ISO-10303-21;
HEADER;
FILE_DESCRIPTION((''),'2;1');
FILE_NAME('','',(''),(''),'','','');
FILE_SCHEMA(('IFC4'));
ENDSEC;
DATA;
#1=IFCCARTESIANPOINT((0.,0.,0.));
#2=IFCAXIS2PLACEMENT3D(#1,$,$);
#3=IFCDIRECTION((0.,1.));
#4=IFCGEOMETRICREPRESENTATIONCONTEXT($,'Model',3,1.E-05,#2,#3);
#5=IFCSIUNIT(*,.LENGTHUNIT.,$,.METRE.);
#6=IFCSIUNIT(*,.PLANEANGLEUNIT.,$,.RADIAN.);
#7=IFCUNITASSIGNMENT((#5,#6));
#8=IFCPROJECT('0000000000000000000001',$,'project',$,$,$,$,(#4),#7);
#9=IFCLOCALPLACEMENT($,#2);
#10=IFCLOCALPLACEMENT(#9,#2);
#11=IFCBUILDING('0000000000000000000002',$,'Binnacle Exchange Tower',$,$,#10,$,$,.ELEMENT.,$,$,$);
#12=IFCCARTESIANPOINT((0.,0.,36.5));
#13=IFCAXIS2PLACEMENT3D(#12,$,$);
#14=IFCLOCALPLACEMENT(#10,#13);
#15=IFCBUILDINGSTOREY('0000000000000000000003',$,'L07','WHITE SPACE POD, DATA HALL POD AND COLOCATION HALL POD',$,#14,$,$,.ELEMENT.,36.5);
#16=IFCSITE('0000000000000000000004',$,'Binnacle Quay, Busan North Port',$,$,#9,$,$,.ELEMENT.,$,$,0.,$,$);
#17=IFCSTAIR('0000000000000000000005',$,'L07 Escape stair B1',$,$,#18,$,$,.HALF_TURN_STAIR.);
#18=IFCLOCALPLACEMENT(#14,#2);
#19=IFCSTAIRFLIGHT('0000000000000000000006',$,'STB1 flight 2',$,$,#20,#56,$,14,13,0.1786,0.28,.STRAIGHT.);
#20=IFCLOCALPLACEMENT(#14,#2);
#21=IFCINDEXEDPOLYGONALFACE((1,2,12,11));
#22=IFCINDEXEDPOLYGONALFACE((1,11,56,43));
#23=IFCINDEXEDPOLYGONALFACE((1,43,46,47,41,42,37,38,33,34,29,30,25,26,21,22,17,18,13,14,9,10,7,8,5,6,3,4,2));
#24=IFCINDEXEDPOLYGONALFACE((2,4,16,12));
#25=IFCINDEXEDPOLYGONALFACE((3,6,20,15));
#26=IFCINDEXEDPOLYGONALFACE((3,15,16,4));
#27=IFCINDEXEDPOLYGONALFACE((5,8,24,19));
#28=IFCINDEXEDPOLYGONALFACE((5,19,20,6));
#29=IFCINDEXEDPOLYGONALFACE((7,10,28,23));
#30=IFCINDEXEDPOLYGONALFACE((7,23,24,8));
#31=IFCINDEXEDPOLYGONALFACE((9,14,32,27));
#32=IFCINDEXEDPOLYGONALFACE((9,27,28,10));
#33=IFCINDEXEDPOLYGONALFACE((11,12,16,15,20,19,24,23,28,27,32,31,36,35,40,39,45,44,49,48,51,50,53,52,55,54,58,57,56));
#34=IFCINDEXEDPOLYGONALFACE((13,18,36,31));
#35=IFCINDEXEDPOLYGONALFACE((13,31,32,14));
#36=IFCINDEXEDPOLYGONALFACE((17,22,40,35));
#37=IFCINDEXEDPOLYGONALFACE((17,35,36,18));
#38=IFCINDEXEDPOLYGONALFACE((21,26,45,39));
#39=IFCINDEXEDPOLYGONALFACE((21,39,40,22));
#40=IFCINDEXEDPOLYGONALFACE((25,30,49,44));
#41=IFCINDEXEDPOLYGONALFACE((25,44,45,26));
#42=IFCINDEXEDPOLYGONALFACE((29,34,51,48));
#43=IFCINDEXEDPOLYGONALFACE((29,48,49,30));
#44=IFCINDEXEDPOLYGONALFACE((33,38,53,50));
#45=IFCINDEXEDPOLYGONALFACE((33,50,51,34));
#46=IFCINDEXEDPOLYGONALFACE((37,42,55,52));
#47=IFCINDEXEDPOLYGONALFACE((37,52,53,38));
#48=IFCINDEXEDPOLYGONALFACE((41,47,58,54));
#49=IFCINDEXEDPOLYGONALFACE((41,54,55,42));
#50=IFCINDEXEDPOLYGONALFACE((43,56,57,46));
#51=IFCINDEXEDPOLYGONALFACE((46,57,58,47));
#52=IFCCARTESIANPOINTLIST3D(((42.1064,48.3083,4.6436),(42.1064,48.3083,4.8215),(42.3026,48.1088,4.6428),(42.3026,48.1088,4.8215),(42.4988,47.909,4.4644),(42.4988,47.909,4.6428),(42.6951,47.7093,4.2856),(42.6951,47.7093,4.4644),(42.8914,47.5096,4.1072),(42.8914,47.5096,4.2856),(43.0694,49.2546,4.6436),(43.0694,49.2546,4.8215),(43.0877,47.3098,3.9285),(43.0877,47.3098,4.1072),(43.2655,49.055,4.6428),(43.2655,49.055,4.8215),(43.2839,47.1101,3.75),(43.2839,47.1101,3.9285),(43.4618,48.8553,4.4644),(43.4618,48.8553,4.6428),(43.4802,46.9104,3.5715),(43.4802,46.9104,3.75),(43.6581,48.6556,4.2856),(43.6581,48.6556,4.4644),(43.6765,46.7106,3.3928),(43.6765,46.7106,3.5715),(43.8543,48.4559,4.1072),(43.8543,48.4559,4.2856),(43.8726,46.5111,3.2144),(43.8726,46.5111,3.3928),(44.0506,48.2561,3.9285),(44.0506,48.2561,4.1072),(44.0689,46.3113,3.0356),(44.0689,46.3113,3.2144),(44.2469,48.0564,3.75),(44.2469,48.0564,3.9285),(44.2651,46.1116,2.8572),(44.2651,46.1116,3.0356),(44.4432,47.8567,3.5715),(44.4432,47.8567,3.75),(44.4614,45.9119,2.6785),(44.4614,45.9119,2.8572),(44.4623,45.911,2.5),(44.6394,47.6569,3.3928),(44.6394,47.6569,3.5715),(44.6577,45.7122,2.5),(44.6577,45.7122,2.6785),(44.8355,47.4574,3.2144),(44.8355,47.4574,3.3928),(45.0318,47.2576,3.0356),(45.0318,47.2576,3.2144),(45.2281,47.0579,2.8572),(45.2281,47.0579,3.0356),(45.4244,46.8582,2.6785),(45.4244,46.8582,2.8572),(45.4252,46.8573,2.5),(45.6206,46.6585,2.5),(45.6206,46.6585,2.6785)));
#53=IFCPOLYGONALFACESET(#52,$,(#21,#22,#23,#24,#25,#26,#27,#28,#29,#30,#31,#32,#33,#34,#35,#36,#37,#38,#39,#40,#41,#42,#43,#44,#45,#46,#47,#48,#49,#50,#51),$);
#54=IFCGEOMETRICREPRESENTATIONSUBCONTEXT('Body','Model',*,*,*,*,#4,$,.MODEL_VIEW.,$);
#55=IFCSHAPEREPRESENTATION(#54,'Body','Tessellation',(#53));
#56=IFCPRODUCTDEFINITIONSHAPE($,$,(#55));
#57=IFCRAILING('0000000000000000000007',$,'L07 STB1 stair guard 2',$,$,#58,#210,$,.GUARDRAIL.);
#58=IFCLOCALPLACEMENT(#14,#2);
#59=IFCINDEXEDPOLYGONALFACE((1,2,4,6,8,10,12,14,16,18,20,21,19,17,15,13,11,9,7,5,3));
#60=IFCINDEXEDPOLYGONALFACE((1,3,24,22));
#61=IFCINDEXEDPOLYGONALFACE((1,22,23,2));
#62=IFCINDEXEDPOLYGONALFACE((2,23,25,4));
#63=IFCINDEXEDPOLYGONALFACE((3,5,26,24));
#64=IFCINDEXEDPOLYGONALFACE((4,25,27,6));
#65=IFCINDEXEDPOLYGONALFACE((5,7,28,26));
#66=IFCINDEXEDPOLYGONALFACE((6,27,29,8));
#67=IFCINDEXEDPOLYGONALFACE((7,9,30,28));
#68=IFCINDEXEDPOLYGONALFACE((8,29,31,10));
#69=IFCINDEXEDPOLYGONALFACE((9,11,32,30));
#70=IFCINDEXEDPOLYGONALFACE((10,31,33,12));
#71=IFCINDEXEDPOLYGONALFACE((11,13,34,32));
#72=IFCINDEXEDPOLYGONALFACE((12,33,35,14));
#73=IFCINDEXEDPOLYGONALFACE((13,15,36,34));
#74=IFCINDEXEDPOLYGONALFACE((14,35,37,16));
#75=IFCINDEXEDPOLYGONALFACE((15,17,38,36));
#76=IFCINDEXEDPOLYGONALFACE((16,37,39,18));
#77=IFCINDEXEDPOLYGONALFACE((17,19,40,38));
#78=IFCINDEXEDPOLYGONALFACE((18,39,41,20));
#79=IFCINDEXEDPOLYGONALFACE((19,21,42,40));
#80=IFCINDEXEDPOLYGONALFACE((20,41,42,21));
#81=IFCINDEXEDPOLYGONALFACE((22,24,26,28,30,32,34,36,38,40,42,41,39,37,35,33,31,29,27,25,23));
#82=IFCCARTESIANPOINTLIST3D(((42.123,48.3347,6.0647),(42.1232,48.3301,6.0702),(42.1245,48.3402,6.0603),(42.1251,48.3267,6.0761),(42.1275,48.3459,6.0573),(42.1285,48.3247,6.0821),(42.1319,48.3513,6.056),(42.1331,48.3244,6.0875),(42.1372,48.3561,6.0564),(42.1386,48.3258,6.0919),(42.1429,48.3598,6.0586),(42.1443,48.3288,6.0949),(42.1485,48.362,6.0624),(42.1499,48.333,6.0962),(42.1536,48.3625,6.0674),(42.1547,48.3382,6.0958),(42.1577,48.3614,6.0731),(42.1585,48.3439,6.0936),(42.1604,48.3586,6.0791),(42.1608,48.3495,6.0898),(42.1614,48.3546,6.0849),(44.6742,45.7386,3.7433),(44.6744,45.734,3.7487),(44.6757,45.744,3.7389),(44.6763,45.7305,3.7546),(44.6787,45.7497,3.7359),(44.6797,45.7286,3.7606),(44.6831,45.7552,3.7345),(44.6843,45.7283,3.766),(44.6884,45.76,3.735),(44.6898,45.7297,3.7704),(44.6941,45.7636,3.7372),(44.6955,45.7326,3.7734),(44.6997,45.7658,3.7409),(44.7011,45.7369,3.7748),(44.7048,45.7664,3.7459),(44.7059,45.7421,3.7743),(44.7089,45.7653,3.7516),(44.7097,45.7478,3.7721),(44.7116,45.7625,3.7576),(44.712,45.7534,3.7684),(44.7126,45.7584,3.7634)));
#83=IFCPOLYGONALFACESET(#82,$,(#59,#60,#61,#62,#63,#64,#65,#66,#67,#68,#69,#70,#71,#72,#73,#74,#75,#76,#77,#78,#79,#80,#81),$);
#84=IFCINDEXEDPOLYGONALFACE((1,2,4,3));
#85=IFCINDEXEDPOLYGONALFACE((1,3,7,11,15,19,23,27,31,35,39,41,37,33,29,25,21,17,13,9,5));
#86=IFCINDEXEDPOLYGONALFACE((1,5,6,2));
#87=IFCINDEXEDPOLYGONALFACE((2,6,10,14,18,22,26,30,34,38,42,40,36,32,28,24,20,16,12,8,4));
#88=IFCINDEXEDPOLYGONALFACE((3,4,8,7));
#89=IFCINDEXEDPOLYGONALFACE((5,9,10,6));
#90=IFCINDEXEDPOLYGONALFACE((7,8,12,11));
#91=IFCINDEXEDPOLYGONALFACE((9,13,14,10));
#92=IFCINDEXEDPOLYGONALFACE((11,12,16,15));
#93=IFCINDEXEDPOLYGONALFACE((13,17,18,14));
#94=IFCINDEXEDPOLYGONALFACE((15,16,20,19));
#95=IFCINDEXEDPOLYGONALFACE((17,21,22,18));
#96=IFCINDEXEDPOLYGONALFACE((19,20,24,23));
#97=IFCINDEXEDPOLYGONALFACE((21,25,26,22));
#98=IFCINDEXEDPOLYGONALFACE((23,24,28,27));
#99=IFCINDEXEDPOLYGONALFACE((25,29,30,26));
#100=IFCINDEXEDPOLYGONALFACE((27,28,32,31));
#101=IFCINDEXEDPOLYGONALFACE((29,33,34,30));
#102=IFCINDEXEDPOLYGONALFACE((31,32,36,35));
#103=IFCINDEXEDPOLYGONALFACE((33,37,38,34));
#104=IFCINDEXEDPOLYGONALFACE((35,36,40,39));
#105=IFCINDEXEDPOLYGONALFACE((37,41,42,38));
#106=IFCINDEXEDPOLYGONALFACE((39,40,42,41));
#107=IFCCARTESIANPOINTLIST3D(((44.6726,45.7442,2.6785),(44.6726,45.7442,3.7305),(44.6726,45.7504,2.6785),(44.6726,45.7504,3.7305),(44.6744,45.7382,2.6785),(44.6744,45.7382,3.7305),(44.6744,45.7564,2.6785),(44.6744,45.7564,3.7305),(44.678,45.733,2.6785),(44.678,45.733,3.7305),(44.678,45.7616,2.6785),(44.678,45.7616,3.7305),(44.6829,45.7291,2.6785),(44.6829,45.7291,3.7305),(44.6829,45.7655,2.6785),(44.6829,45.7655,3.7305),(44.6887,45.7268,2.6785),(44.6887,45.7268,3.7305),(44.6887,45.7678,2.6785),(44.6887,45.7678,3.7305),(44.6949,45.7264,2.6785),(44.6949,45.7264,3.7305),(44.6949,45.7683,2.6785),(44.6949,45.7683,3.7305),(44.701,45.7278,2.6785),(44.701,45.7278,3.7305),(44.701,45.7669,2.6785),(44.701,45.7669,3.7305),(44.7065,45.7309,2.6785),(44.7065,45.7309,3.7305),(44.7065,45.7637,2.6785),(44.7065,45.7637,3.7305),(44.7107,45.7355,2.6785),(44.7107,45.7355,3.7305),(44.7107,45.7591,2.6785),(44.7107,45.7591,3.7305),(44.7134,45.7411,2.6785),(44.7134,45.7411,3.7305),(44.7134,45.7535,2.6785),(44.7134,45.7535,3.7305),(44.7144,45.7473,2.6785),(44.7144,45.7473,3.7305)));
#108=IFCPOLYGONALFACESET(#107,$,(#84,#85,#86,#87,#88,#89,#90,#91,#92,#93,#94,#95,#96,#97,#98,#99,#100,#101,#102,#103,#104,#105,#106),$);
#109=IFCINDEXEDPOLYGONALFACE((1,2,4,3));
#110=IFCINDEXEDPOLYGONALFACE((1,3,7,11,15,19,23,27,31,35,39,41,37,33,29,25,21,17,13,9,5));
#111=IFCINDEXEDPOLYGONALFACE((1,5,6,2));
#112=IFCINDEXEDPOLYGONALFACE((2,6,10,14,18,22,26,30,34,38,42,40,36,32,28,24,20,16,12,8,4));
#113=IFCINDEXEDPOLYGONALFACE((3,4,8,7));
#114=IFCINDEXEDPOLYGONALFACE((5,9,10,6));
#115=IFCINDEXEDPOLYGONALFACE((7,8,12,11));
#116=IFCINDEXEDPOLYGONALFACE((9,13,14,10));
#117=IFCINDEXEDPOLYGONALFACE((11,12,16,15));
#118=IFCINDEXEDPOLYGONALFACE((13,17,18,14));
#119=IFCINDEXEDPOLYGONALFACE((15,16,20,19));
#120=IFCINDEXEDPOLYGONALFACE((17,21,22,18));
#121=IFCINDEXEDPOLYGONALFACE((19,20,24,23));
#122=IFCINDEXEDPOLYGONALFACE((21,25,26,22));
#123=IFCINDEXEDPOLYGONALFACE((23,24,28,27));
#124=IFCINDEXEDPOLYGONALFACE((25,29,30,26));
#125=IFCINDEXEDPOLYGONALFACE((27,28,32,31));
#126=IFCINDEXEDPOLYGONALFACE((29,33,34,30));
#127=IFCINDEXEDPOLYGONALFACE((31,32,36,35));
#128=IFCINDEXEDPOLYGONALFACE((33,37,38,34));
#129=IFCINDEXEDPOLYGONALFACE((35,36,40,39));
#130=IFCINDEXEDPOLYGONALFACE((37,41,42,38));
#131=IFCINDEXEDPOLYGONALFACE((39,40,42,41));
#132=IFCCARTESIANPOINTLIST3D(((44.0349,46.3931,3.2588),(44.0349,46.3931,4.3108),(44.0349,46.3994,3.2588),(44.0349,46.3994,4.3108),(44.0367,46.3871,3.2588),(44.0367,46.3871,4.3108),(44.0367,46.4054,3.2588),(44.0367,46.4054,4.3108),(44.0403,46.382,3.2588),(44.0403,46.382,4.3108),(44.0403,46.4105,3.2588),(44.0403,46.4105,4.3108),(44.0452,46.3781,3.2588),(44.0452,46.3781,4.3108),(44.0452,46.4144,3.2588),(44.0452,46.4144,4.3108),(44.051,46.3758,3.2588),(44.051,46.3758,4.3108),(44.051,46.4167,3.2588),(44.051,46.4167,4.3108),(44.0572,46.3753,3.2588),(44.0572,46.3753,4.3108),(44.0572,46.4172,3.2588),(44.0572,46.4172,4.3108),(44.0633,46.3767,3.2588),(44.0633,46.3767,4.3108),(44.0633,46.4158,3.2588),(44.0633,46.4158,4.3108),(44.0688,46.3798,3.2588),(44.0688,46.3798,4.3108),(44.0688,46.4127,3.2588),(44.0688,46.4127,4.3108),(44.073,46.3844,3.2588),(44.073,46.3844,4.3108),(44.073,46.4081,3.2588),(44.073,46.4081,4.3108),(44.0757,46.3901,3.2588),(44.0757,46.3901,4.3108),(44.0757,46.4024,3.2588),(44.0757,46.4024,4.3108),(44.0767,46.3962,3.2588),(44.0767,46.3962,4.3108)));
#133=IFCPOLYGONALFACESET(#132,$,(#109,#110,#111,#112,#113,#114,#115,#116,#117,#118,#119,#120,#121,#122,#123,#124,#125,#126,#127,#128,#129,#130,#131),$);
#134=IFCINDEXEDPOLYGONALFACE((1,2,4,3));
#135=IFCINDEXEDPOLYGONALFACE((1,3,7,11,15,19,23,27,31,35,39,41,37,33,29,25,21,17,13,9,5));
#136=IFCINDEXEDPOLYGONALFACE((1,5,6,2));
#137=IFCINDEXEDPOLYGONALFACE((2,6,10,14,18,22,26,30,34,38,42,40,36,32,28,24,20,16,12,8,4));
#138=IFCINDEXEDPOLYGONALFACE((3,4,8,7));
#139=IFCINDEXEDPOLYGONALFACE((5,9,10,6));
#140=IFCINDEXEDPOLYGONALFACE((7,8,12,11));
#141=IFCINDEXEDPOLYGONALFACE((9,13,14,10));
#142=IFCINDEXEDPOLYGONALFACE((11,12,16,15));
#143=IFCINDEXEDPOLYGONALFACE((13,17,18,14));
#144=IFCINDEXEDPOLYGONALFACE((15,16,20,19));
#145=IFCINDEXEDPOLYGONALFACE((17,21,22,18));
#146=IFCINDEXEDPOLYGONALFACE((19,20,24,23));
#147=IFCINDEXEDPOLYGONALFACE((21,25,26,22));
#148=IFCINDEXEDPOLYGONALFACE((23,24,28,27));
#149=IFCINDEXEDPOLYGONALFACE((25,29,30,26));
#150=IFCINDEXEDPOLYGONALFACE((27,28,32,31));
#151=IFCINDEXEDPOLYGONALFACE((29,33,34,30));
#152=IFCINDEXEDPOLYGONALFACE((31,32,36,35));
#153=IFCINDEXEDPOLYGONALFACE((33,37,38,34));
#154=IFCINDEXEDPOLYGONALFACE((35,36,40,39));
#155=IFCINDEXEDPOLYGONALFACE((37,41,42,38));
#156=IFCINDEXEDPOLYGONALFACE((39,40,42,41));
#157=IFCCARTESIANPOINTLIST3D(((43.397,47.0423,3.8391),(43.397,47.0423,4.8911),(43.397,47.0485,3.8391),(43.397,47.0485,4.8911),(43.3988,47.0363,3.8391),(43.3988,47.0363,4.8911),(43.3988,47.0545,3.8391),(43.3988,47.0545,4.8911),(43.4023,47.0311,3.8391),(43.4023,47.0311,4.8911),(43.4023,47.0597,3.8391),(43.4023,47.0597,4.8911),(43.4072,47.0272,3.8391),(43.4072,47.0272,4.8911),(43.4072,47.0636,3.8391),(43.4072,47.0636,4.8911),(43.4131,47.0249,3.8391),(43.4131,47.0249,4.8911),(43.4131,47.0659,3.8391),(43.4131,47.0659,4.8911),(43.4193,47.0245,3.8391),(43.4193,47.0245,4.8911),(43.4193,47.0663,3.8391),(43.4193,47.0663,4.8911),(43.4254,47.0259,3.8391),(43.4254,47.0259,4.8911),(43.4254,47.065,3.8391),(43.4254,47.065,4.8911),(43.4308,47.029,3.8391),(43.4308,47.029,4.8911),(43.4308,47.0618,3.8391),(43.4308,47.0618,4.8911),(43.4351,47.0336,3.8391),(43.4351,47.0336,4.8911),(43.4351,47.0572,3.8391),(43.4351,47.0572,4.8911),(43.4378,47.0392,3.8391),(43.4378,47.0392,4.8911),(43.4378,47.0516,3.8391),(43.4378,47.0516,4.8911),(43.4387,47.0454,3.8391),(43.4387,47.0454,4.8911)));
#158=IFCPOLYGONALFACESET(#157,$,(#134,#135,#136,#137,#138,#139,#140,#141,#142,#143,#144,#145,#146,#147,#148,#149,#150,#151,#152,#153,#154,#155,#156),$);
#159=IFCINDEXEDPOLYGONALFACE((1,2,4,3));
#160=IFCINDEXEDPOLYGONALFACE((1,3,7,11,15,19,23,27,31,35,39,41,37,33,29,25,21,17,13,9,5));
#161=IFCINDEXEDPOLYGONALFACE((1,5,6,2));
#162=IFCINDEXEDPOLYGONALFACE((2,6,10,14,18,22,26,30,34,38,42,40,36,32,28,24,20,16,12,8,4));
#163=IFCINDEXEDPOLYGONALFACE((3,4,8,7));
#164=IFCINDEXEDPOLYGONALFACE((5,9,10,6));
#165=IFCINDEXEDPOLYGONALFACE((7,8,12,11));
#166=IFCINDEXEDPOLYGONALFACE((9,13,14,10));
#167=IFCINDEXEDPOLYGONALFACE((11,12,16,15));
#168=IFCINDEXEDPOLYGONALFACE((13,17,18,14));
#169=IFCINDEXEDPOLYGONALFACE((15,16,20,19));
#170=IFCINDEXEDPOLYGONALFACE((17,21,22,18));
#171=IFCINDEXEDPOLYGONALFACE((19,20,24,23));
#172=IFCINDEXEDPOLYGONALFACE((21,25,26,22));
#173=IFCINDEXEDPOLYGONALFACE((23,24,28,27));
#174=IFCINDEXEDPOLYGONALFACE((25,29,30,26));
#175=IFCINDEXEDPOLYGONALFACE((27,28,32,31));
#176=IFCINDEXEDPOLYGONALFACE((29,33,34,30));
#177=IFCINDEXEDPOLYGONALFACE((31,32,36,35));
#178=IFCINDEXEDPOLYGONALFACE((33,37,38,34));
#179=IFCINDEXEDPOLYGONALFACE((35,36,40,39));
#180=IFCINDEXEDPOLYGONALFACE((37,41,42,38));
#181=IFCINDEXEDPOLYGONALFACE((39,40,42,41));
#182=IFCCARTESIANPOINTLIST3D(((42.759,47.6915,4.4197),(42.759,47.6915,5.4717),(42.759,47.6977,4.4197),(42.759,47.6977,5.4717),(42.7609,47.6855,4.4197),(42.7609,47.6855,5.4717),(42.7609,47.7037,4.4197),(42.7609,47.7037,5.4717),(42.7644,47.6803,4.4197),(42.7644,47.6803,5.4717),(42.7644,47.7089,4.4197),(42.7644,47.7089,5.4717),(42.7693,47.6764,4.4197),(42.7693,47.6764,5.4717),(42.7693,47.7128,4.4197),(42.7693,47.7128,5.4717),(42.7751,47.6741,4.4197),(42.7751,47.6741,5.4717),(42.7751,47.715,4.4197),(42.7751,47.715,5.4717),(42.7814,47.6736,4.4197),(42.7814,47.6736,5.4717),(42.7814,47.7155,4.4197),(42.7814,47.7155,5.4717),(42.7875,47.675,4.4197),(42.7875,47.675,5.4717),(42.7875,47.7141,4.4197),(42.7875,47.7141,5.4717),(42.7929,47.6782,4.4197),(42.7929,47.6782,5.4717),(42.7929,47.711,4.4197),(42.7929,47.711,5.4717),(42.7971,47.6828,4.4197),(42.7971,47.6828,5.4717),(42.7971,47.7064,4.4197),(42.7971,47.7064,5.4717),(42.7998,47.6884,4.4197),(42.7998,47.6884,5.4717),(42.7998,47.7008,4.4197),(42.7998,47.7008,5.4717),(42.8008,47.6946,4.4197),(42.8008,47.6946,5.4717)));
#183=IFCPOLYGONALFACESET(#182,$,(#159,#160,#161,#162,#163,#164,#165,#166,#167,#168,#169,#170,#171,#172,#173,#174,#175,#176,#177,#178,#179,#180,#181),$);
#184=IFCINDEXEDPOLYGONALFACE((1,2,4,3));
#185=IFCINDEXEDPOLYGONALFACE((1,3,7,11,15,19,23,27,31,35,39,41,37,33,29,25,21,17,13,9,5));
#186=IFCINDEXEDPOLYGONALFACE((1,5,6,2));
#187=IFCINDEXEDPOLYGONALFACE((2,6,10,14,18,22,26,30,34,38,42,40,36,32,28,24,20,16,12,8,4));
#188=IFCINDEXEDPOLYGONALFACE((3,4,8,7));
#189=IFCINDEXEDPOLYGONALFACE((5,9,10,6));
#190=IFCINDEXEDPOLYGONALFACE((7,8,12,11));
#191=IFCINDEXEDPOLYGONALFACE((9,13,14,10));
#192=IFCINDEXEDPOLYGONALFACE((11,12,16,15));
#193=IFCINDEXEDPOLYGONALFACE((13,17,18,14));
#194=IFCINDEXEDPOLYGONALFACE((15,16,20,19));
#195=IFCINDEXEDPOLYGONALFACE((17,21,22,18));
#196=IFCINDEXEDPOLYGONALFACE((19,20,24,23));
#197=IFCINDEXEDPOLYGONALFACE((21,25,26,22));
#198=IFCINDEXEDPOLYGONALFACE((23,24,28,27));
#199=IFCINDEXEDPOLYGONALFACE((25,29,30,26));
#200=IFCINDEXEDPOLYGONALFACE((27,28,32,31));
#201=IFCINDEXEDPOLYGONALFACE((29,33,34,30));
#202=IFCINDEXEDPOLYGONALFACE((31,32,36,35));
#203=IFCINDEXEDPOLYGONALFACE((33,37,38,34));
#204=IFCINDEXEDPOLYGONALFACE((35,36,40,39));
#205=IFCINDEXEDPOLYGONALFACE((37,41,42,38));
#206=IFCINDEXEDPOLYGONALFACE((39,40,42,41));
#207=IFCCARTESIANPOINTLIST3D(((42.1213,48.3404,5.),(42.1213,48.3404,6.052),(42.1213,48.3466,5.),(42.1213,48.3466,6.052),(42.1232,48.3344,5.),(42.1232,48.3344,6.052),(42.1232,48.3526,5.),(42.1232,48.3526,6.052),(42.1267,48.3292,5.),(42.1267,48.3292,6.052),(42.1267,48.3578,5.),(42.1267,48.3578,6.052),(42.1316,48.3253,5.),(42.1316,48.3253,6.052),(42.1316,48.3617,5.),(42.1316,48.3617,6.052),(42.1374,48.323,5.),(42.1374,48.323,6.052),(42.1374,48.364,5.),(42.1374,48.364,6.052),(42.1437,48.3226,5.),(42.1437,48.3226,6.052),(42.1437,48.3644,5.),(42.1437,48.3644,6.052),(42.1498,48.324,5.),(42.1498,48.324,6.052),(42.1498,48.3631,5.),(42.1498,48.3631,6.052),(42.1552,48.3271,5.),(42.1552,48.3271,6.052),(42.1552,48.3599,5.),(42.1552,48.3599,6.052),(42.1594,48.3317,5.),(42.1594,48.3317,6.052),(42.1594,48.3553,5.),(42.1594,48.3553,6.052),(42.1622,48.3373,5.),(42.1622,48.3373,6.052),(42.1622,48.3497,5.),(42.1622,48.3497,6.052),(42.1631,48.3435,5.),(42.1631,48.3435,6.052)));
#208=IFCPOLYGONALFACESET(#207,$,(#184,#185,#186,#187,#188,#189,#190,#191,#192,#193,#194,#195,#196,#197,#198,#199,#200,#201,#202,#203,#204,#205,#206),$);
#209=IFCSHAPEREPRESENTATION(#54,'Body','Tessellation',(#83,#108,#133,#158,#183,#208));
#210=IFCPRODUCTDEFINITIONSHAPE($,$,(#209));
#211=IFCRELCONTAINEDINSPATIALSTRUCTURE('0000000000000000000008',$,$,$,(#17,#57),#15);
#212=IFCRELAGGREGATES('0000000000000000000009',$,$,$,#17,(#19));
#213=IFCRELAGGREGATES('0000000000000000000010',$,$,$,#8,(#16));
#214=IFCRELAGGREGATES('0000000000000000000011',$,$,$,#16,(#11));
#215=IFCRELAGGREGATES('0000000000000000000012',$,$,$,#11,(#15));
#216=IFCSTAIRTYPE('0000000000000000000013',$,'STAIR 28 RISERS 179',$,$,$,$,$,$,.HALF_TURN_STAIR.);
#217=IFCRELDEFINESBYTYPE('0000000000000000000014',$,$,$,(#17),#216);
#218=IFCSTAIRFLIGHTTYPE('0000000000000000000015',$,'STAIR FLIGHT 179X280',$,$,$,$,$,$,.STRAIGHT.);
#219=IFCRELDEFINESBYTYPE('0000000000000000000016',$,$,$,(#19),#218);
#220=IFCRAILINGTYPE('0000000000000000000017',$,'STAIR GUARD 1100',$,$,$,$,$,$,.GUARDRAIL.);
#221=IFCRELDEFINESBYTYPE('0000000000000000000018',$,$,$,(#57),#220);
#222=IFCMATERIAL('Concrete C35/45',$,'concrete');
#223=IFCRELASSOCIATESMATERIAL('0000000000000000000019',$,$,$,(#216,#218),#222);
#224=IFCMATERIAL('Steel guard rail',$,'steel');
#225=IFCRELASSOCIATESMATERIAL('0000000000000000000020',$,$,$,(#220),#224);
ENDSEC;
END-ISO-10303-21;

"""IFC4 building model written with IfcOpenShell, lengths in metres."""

from ifc_helpers import new_model, si_unit, direction, frame, origin, origin_2d, place, context, subcontext, project, spatial, polyline, circle, outline, extrude, material, type_object, element, aggregate, save


model = new_model("IFC4")

# Units and contexts
model_context = context("Model", 3, precision=1e-05, world=origin(), true_north=direction((0.0, 1.0)))
body_context = subcontext(model_context, "Body", "Model", "MODEL_VIEW")
ifc_project = project(units=[si_unit("LENGTHUNIT", "METRE"), si_unit("PLANEANGLEUNIT", "RADIAN")], contexts=[model_context])

# Site, building, storey
site_placement = place(None, origin())
site = spatial("IfcSite", under=ifc_project, at=site_placement, Name="Binnacle Quay, Busan North Port", CompositionType="ELEMENT", RefElevation=0.0)
building_placement = place(site_placement, origin())
building = spatial("IfcBuilding", under=site, at=building_placement, Name="Binnacle Exchange Tower", CompositionType="ELEMENT")
storey_placement = place(building_placement, frame((0.0, 0.0, 36.5)))
storey = spatial("IfcBuildingStorey", under=building, at=storey_placement, Name="L07", Description="WHITE SPACE POD, DATA HALL POD AND COLOCATION HALL POD", CompositionType="ELEMENT", Elevation=36.5)

# Stair, stair flight
ifc_material_1 = material(Name="Concrete C35/45", Category="concrete")
stair_type = type_object("IfcStairType", Name="STAIR 28 RISERS 179", PredefinedType="HALF_TURN_STAIR", material=ifc_material_1)
stair_placement = place(storey_placement, origin())
stair = element("IfcStair", 1, at=stair_placement, inside=storey, type_object=stair_type, Name="L07 Escape stair B1", PredefinedType="HALF_TURN_STAIR")
stair_flight_type = type_object("IfcStairFlightType", Name="STAIR FLIGHT 179X280", PredefinedType="STRAIGHT", material=ifc_material_1)
stair_flight_1_placement = place(storey_placement, frame((45.1392, 46.1853, 2.5), z_axis=(0.0, 0.0, 1.0), x_axis=(-0.700909, 0.71325, 0.0)))
stair_flight_1 = element("IfcStairFlight", 2, at=stair_flight_1_placement, type_object=stair_flight_type, Name="STB1 flight 2", NumberOfRisers=14, NumberOfTreads=13, PredefinedType="STRAIGHT", RiserHeight=0.1786, TreadLength=0.28, context=body_context, shape_type="SweptSolid", body=[
    extrude(outline(polyline([(0.0, 0.0), (0.0, 0.1785), (0.28, 0.1785), (0.28, 0.3572), (0.5601, 0.3572), (0.5601, 0.5356), (0.8401, 0.5356), (0.8401, 0.7144), (1.1201, 0.7144), (1.1201, 0.8928), (1.3999, 0.8928), (1.3999, 1.0715), (1.6799, 1.0715), (1.6799, 1.25), (1.96, 1.25), (1.96, 1.4285), (2.24, 1.4285), (2.24, 1.6072), (2.52, 1.6072), (2.52, 1.7856), (2.8, 1.7856), (2.8, 1.9644), (3.0801, 1.9644), (3.0801, 2.1428), (3.3601, 2.1428), (3.3601, 2.3215), (3.6399, 2.3215), (3.6399, 2.5), (3.6399, 2.1436), (0.2788, 0.0), (0.0, 0.0)])), frame((0.0, 0.675, 0.0), z_axis=(0.0, -1.0, 0.0), x_axis=(1.0, 0.0, 0.0)), (0.0, 0.0, 1.0), 1.3501),
])
aggregate(stair, [stair_flight_1])

# Railing
ifc_material_2 = material(Name="Steel guard rail", Category="steel")
railing_type_1 = type_object("IfcRailingType", Name="STAIR GUARD 1100", PredefinedType="GUARDRAIL", material=ifc_material_2)
railing_1_placement = place(storey_placement, frame((44.6934, 45.7473, 2.6785)))
element("IfcRailing", 3, at=railing_1_placement, inside=storey, type_object=railing_type_1, Name="L07 STB1 stair guard 2", PredefinedType="GUARDRAIL", context=body_context, shape_type="SweptSolid", body=[
    extrude(circle(Radius=0.0239, at=origin_2d()), frame((0.0, 0.0, 1.0762), z_axis=(-0.590947, 0.601352, 0.537733), x_axis=(-0.713251, -0.700909, 0.0)), (0.0, 0.0, 1.0), 4.3171),
    extrude(circle(Radius=0.021, at=origin_2d()), origin(), (0.0, 0.0, 1.0), 1.052),
    extrude(circle(Radius=0.021, at=origin_2d()), frame((-0.6377, 0.6489, 0.5803)), (0.0, 0.0, 1.0), 1.052),
    extrude(circle(Radius=0.021, at=origin_2d()), frame((-1.2756, 1.2981, 1.1606)), (0.0, 0.0, 1.0), 1.052),
    extrude(circle(Radius=0.021, at=origin_2d()), frame((-1.9136, 1.9473, 1.7412)), (0.0, 0.0, 1.0), 1.052),
    extrude(circle(Radius=0.021, at=origin_2d()), frame((-2.5513, 2.5962, 2.3215)), (0.0, 0.0, 1.0), 1.052),
])

save(model, "model.ifc")
